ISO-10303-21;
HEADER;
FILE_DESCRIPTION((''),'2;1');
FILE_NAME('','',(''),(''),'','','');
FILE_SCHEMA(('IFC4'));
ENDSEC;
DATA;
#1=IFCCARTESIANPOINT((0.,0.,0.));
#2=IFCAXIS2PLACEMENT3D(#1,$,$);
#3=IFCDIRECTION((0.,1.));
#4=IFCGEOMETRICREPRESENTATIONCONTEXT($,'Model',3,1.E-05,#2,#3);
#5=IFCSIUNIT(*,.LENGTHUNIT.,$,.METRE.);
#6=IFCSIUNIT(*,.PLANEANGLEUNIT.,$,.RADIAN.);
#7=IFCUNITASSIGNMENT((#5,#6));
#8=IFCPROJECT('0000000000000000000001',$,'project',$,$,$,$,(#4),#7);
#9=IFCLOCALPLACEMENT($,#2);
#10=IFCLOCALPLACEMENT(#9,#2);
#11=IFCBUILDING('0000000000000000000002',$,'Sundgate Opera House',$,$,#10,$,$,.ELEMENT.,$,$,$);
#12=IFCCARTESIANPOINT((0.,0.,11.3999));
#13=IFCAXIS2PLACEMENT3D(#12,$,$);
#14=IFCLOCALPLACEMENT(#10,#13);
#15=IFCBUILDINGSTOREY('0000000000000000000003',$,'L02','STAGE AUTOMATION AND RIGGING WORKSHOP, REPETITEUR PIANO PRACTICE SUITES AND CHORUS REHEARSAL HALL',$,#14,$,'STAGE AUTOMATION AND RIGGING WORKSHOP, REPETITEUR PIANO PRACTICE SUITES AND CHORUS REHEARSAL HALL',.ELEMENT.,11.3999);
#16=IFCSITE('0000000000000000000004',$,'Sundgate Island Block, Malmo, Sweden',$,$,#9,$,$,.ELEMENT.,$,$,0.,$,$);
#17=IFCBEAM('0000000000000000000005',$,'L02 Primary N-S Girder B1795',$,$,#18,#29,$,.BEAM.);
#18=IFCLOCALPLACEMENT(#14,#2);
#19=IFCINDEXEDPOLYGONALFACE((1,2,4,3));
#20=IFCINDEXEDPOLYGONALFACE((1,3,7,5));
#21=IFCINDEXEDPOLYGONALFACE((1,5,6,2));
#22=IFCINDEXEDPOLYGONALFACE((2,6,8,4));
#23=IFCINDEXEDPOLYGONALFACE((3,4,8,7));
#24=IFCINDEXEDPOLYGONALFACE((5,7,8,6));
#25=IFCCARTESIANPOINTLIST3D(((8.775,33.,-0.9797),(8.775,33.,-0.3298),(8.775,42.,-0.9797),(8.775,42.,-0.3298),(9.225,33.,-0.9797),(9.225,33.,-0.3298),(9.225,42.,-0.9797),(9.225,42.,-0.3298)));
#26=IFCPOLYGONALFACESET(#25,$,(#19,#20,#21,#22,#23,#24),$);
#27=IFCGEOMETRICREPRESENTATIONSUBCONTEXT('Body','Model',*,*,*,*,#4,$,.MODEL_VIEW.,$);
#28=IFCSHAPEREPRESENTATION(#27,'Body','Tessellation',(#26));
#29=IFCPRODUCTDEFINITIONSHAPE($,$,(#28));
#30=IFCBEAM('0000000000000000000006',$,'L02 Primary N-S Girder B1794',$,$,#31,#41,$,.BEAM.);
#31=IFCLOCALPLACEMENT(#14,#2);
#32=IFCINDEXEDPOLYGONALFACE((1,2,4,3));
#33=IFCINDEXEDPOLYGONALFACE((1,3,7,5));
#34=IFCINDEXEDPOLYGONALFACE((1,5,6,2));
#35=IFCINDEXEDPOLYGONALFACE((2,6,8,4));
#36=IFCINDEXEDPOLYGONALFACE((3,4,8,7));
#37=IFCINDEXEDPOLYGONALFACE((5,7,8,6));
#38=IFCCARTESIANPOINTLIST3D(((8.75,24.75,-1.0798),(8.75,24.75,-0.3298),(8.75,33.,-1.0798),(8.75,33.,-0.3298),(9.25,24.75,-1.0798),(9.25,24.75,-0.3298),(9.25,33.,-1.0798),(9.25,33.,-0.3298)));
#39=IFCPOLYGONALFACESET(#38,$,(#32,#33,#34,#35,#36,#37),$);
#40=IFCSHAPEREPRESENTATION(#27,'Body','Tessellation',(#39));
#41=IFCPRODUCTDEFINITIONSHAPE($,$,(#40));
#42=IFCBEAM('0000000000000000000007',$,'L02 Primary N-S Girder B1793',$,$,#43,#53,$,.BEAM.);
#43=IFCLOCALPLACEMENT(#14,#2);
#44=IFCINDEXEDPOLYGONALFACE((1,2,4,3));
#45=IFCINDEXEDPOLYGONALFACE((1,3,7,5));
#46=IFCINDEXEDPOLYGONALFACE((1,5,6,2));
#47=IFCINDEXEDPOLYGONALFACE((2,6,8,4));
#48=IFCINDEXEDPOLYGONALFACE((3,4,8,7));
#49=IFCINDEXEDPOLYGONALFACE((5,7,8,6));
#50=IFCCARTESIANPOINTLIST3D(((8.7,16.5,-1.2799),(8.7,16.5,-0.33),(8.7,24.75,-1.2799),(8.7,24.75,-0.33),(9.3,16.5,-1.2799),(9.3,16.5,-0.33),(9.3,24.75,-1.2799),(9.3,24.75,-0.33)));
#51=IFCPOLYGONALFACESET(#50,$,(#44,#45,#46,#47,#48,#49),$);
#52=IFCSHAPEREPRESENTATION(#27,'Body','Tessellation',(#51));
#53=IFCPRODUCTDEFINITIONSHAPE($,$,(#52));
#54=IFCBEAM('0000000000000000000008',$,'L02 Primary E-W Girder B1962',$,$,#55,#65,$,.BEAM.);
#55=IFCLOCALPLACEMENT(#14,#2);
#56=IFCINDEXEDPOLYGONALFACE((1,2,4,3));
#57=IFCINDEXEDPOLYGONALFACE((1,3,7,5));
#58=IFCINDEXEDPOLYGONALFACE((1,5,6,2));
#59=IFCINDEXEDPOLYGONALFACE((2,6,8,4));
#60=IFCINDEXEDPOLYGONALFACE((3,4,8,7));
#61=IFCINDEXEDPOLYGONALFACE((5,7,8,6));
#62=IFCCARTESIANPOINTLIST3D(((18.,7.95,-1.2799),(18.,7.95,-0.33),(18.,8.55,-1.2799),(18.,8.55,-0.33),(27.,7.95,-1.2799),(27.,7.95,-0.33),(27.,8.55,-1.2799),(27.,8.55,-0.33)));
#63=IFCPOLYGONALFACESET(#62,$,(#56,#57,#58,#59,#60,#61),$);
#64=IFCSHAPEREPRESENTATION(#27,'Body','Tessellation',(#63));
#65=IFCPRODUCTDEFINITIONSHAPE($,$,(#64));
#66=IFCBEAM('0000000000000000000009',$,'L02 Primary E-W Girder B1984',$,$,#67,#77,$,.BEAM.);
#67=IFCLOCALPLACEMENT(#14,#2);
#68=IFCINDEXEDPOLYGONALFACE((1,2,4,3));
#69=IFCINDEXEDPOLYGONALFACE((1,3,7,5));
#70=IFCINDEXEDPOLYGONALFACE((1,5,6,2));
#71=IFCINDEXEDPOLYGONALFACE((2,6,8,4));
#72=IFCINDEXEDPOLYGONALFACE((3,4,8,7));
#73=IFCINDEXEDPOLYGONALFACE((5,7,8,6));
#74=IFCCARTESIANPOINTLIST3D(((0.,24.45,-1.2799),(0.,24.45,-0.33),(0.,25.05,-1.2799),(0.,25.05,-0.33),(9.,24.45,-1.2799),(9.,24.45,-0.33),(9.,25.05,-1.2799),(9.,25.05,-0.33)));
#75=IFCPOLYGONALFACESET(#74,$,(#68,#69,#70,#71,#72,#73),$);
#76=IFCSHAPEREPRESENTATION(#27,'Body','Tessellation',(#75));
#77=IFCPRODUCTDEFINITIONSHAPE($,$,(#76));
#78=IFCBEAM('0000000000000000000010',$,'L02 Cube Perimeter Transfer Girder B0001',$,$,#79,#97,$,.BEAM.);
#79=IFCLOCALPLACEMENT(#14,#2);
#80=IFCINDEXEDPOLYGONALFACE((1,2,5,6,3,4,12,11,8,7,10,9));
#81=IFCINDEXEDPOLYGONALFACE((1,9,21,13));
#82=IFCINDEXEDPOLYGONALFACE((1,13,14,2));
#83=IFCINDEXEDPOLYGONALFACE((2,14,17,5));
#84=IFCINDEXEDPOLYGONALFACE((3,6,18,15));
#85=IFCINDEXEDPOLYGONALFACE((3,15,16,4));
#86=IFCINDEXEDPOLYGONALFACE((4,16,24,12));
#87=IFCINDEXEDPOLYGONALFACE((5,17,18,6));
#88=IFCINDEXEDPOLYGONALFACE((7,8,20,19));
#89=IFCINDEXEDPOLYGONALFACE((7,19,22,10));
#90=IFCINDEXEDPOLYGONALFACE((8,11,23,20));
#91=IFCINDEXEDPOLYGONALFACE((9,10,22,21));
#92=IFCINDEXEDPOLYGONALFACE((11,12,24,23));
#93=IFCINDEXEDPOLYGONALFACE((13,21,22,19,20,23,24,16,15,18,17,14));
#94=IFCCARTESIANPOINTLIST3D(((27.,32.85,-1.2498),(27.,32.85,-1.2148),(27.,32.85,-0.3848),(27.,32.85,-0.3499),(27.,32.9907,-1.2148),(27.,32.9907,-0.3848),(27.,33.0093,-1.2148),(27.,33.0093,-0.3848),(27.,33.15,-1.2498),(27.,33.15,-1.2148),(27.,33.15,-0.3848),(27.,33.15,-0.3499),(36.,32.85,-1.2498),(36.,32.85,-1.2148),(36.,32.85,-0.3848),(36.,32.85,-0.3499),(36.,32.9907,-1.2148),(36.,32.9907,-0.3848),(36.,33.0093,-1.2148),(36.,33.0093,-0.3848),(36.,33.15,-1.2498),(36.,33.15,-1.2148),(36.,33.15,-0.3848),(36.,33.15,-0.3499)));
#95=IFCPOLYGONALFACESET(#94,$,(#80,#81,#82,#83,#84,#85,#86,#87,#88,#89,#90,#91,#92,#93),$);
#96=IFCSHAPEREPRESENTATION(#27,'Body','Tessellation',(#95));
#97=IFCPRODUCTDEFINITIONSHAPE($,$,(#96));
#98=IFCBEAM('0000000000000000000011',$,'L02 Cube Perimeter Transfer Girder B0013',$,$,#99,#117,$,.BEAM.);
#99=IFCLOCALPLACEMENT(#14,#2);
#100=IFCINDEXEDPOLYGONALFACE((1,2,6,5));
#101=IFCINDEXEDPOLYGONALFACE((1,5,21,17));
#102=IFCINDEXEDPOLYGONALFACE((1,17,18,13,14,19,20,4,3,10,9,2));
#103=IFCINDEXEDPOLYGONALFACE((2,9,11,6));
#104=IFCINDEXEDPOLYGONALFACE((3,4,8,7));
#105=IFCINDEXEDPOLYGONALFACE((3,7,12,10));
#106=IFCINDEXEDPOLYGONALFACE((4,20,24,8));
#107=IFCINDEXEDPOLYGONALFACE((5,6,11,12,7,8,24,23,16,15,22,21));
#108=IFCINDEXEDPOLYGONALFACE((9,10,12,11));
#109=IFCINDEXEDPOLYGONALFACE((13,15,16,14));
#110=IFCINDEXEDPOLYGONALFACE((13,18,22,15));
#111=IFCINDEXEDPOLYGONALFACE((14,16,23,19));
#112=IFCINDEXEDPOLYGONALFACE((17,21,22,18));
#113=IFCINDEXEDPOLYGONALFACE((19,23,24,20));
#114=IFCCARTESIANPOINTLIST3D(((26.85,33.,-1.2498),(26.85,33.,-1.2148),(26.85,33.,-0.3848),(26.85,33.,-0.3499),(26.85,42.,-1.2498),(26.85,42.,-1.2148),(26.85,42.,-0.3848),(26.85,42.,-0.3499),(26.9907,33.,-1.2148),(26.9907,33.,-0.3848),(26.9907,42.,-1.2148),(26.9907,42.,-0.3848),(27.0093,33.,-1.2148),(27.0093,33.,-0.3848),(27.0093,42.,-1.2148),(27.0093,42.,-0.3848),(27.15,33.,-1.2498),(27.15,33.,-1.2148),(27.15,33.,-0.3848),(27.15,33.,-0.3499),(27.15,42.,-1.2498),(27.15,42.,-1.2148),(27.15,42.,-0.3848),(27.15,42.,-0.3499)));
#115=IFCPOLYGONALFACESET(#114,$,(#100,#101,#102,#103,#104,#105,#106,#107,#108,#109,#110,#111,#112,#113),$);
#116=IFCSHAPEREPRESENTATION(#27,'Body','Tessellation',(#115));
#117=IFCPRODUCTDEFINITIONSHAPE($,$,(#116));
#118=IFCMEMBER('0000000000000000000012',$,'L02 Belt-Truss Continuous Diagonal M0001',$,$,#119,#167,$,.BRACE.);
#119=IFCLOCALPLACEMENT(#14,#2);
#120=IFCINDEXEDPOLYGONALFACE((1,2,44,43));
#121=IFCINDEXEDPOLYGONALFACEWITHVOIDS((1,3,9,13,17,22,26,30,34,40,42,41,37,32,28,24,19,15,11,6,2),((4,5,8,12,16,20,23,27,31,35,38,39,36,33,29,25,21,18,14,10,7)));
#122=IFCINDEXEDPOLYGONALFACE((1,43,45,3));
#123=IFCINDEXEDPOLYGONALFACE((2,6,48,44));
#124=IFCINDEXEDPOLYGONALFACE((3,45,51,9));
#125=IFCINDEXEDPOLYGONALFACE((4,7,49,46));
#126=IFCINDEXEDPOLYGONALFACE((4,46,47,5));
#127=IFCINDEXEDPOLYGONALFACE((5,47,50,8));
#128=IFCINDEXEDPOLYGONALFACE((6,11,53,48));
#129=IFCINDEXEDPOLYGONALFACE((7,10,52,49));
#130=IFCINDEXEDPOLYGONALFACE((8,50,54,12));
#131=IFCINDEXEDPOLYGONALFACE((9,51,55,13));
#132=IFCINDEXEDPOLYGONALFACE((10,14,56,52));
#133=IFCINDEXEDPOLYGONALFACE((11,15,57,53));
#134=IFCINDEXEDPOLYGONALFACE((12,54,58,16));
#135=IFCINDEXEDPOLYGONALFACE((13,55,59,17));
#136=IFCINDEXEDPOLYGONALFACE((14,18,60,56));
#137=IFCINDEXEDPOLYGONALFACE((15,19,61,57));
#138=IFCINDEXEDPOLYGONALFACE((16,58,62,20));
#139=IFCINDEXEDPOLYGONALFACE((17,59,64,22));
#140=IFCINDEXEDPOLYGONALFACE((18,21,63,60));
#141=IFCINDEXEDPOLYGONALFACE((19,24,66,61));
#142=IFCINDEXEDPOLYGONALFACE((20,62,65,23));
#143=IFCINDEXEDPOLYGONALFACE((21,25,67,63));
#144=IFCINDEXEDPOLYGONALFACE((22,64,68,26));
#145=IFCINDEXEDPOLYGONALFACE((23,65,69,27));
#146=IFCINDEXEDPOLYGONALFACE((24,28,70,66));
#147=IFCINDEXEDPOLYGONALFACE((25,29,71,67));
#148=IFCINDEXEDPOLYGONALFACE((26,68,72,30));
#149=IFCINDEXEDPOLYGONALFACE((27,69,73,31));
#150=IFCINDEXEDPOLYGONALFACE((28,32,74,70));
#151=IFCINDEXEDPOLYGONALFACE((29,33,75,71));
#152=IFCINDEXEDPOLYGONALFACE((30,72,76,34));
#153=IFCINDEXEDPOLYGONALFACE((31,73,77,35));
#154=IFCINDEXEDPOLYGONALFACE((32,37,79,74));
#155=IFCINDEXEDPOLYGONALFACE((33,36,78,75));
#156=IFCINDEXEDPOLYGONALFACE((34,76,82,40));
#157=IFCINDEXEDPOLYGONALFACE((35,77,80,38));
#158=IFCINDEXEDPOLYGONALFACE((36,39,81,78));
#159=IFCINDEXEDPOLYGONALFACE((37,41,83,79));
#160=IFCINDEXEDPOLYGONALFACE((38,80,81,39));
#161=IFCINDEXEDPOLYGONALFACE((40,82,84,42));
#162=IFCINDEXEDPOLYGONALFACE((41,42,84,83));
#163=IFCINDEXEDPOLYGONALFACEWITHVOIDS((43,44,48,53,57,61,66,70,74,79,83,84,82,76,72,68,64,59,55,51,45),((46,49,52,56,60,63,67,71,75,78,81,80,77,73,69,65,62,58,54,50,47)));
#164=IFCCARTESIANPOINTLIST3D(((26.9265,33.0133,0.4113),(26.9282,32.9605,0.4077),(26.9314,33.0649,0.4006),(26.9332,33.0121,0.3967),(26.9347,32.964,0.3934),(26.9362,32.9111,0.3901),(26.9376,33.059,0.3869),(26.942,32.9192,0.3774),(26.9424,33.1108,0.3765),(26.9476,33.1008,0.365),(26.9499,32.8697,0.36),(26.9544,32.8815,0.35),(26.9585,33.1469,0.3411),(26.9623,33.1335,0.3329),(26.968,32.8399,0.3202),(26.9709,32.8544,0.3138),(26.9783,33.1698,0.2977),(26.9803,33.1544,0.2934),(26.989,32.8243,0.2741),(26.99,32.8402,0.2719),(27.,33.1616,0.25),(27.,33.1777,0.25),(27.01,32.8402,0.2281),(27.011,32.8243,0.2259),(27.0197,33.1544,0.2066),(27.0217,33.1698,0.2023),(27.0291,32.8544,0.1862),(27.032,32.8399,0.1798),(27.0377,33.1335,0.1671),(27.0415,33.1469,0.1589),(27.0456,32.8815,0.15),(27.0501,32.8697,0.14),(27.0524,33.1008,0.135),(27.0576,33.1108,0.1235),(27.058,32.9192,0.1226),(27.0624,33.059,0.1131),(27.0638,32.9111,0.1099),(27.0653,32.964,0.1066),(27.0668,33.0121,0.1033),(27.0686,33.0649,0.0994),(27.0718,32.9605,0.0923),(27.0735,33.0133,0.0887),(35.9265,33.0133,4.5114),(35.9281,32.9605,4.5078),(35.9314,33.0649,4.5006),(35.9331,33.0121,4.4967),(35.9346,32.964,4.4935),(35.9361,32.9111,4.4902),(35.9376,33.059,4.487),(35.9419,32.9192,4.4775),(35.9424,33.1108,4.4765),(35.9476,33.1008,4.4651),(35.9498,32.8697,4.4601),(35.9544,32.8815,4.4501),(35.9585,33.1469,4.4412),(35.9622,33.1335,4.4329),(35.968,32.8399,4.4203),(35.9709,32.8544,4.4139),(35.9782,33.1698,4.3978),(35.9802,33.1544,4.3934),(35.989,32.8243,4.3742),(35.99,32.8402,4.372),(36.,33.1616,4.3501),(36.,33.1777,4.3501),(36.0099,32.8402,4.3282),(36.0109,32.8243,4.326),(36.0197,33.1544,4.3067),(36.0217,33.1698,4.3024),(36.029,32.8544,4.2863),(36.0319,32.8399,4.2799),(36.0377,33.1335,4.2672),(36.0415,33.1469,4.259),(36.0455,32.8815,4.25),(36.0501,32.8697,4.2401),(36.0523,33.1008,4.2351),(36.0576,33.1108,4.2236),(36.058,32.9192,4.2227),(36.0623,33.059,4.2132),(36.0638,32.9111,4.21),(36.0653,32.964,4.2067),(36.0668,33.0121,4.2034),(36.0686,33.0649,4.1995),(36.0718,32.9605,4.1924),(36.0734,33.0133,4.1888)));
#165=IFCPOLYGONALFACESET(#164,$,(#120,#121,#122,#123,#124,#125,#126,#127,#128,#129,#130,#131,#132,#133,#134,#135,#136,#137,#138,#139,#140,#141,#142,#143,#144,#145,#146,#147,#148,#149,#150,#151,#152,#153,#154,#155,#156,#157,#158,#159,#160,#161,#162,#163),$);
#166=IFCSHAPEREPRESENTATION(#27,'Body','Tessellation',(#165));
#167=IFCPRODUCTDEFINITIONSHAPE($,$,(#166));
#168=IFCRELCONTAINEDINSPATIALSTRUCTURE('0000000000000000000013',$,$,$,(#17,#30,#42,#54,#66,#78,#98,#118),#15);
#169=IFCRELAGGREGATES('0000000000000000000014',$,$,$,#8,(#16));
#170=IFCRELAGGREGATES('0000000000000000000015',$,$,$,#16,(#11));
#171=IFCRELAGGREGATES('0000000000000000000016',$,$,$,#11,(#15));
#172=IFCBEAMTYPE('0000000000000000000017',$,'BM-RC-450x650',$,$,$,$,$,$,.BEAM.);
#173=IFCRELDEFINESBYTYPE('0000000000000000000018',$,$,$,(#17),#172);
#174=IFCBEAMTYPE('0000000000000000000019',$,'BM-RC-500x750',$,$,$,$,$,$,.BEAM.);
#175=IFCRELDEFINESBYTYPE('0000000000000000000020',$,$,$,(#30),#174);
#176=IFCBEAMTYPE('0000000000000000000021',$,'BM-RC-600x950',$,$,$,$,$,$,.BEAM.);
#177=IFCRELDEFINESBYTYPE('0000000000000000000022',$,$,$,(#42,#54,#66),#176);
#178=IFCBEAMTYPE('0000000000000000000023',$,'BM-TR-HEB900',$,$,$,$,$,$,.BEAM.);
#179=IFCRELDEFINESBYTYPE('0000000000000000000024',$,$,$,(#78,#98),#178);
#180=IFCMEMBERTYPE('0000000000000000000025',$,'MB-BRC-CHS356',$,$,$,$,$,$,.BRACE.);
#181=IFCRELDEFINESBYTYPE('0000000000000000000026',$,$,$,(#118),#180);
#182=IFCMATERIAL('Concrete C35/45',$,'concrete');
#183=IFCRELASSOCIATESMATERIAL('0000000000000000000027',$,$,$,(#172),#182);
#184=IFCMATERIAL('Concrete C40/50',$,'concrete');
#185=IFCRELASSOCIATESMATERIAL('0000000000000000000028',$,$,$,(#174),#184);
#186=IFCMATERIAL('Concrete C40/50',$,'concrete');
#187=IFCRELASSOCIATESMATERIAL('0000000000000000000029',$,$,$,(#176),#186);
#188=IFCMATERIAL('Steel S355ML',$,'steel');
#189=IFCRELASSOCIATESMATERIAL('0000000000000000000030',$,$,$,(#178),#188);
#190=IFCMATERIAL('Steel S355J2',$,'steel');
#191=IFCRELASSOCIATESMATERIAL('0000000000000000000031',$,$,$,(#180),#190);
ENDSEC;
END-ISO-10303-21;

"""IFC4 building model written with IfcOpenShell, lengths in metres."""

from ifc_helpers import new_model, si_unit, direction, frame, origin, origin_2d, place, context, subcontext, project, spatial, rectangle, hollow_circle, i_section, extrude, material, material_profile, profile_set, type_object, element, save


model = new_model("IFC4")

# Units and contexts
model_context = context("Model", 3, precision=1e-05, world=origin(), true_north=direction((0.0, 1.0)))
body_context = subcontext(model_context, "Body", "Model", "MODEL_VIEW")
ifc_project = project(units=[si_unit("LENGTHUNIT", "METRE"), si_unit("PLANEANGLEUNIT", "RADIAN")], contexts=[model_context])

# Site, building, storey
site_placement = place(None, origin())
site = spatial("IfcSite", under=ifc_project, at=site_placement, Name="Sundgate Island Block, Malmo, Sweden", CompositionType="ELEMENT", RefElevation=0.0)
building_placement = place(site_placement, origin())
building = spatial("IfcBuilding", under=site, at=building_placement, Name="Sundgate Opera House", CompositionType="ELEMENT")
storey_placement = place(building_placement, frame((0.0, 0.0, 11.3999)))
storey = spatial("IfcBuildingStorey", under=building, at=storey_placement, Name="L02", Description="STAGE AUTOMATION AND RIGGING WORKSHOP, REPETITEUR PIANO PRACTICE SUITES AND CHORUS REHEARSAL HALL", LongName="STAGE AUTOMATION AND RIGGING WORKSHOP, REPETITEUR PIANO PRACTICE SUITES AND CHORUS REHEARSAL HALL", CompositionType="ELEMENT", Elevation=11.3999)

# Beams
ifc_material_1 = material(Name="Concrete C35/45", Category="concrete")
ifc_material_profile_1 = material_profile(ifc_material_1, rectangle(XDim=0.45, YDim=0.6499, at=origin_2d()), Name="RC 450x650")
ifc_profile_set_1 = profile_set([ifc_material_profile_1], Name="Concrete C35/45")
beam_type_1 = type_object("IfcBeamType", Name="BM-RC-450x650", PredefinedType="BEAM", material=ifc_profile_set_1)
beam_1_placement = place(storey_placement, frame((9.0, 33.0, -0.6548), z_axis=(0.0, 1.0, 0.0), x_axis=(-1.0, 0.0, 0.0)))
element("IfcBeam", 1, at=beam_1_placement, inside=storey, type_object=beam_type_1, Name="L02 Primary N-S Girder B1795", PredefinedType="BEAM", context=body_context, shape_type="SweptSolid", body=[
    extrude(rectangle(XDim=0.45, YDim=0.6499, at=origin_2d()), origin(), (0.0, 0.0, 1.0), 9.0),
])
ifc_material_2 = material(Name="Concrete C40/50", Category="concrete")
ifc_material_profile_2 = material_profile(ifc_material_2, rectangle(XDim=0.5, YDim=0.75, at=origin_2d()), Name="RC 500x750")
ifc_profile_set_2 = profile_set([ifc_material_profile_2], Name="Concrete C40/50")
beam_type_2 = type_object("IfcBeamType", Name="BM-RC-500x750", PredefinedType="BEAM", material=ifc_profile_set_2)
beam_2_placement = place(storey_placement, frame((9.0, 24.75, -0.7048), z_axis=(0.0, 1.0, 0.0), x_axis=(-1.0, 0.0, 0.0)))
element("IfcBeam", 2, at=beam_2_placement, inside=storey, type_object=beam_type_2, Name="L02 Primary N-S Girder B1794", PredefinedType="BEAM", context=body_context, shape_type="SweptSolid", body=[
    extrude(rectangle(XDim=0.5, YDim=0.75, at=origin_2d()), origin(), (0.0, 0.0, 1.0), 8.25),
])
ifc_material_3 = material(Name="Concrete C40/50", Category="concrete")
ifc_material_profile_3 = material_profile(ifc_material_3, rectangle(XDim=0.6001, YDim=0.95, at=origin_2d()), Name="RC 600x950")
ifc_profile_set_3 = profile_set([ifc_material_profile_3], Name="Concrete C40/50")
beam_type_3 = type_object("IfcBeamType", Name="BM-RC-600x950", PredefinedType="BEAM", material=ifc_profile_set_3)
beam_3_placement = place(storey_placement, frame((9.0, 16.5, -0.8049), z_axis=(0.0, 1.0, 0.0), x_axis=(-1.0, 0.0, 0.0)))
element("IfcBeam", 3, at=beam_3_placement, inside=storey, type_object=beam_type_3, Name="L02 Primary N-S Girder B1793", PredefinedType="BEAM", context=body_context, shape_type="SweptSolid", body=[
    extrude(rectangle(XDim=0.6001, YDim=0.95, at=origin_2d()), origin(), (0.0, 0.0, 1.0), 8.25),
])
for number, where, z_axis, x_axis, name in (
    (4, (18.0, 8.25, -0.8049), (1.0, 0.0, 0.0), (0.0, 1.0, 0.0), "L02 Primary E-W Girder B1962"),
    (5, (0.0, 24.75, -0.8049), (1.0, 0.0, 0.0), (0.0, 1.0, 0.0), "L02 Primary E-W Girder B1984"),
):
    element("IfcBeam", number, at=place(storey_placement, frame(where, z_axis=z_axis, x_axis=x_axis)), inside=storey, type_object=beam_type_3, Name=name, PredefinedType="BEAM", context=body_context, shape_type="SweptSolid", body=[
        extrude(rectangle(XDim=0.6001, YDim=0.95, at=origin_2d()), origin(), (0.0, 0.0, 1.0), 9.0),
    ])
ifc_material_4 = material(Name="Steel S355ML", Category="steel")
ifc_material_profile_4 = material_profile(ifc_material_4, i_section(OverallWidth=0.3, OverallDepth=0.8999, WebThickness=0.0186, FlangeThickness=0.0349, at=origin_2d()), Name="HEB 900")
ifc_profile_set_4 = profile_set([ifc_material_profile_4], Name="Steel S355ML")
beam_type_4 = type_object("IfcBeamType", Name="BM-TR-HEB900", PredefinedType="BEAM", material=ifc_profile_set_4)
for number, where, z_axis, x_axis, name in (
    (6, (27.0, 33.0, -0.7998), (1.0, 0.0, 0.0), (0.0, 1.0, 0.0), "L02 Cube Perimeter Transfer Girder B0001"),
    (7, (27.0, 33.0, -0.7998), (0.0, 1.0, 0.0), (-1.0, 0.0, 0.0), "L02 Cube Perimeter Transfer Girder B0013"),
):
    element("IfcBeam", number, at=place(storey_placement, frame(where, z_axis=z_axis, x_axis=x_axis)), inside=storey, type_object=beam_type_4, Name=name, PredefinedType="BEAM", context=body_context, shape_type="SweptSolid", body=[
        extrude(i_section(OverallWidth=0.3, OverallDepth=0.8999, WebThickness=0.0186, FlangeThickness=0.0349, at=origin_2d()), origin(), (0.0, 0.0, 1.0), 9.0),
    ])

# Member
ifc_material_5 = material(Name="Steel S355J2", Category="steel")
ifc_material_profile_5 = material_profile(ifc_material_5, hollow_circle(Radius=0.1777, WallThickness=0.0161, at=origin_2d()), Name="CHS 355.6x16.0")
ifc_profile_set_5 = profile_set([ifc_material_profile_5], Name="Steel S355J2")
member_type = type_object("IfcMemberType", Name="MB-BRC-CHS356", PredefinedType="BRACE", material=ifc_profile_set_5)
for number, where, z_axis, x_axis, name in (
    (8, (27.0, 33.0, 0.25), (0.910016, 0.0, 0.414573), (0.0, 1.0, 0.0), "L02 Belt-Truss Continuous Diagonal M0001"),
):
    element("IfcMember", number, at=place(storey_placement, frame(where, z_axis=z_axis, x_axis=x_axis)), inside=storey, type_object=member_type, Name=name, PredefinedType="BRACE", context=body_context, shape_type="SweptSolid", body=[
        extrude(hollow_circle(Radius=0.1777, WallThickness=0.0161, at=origin_2d()), origin(), (0.0, 0.0, 1.0), 9.8899),
    ])

save(model, "model.ifc")
